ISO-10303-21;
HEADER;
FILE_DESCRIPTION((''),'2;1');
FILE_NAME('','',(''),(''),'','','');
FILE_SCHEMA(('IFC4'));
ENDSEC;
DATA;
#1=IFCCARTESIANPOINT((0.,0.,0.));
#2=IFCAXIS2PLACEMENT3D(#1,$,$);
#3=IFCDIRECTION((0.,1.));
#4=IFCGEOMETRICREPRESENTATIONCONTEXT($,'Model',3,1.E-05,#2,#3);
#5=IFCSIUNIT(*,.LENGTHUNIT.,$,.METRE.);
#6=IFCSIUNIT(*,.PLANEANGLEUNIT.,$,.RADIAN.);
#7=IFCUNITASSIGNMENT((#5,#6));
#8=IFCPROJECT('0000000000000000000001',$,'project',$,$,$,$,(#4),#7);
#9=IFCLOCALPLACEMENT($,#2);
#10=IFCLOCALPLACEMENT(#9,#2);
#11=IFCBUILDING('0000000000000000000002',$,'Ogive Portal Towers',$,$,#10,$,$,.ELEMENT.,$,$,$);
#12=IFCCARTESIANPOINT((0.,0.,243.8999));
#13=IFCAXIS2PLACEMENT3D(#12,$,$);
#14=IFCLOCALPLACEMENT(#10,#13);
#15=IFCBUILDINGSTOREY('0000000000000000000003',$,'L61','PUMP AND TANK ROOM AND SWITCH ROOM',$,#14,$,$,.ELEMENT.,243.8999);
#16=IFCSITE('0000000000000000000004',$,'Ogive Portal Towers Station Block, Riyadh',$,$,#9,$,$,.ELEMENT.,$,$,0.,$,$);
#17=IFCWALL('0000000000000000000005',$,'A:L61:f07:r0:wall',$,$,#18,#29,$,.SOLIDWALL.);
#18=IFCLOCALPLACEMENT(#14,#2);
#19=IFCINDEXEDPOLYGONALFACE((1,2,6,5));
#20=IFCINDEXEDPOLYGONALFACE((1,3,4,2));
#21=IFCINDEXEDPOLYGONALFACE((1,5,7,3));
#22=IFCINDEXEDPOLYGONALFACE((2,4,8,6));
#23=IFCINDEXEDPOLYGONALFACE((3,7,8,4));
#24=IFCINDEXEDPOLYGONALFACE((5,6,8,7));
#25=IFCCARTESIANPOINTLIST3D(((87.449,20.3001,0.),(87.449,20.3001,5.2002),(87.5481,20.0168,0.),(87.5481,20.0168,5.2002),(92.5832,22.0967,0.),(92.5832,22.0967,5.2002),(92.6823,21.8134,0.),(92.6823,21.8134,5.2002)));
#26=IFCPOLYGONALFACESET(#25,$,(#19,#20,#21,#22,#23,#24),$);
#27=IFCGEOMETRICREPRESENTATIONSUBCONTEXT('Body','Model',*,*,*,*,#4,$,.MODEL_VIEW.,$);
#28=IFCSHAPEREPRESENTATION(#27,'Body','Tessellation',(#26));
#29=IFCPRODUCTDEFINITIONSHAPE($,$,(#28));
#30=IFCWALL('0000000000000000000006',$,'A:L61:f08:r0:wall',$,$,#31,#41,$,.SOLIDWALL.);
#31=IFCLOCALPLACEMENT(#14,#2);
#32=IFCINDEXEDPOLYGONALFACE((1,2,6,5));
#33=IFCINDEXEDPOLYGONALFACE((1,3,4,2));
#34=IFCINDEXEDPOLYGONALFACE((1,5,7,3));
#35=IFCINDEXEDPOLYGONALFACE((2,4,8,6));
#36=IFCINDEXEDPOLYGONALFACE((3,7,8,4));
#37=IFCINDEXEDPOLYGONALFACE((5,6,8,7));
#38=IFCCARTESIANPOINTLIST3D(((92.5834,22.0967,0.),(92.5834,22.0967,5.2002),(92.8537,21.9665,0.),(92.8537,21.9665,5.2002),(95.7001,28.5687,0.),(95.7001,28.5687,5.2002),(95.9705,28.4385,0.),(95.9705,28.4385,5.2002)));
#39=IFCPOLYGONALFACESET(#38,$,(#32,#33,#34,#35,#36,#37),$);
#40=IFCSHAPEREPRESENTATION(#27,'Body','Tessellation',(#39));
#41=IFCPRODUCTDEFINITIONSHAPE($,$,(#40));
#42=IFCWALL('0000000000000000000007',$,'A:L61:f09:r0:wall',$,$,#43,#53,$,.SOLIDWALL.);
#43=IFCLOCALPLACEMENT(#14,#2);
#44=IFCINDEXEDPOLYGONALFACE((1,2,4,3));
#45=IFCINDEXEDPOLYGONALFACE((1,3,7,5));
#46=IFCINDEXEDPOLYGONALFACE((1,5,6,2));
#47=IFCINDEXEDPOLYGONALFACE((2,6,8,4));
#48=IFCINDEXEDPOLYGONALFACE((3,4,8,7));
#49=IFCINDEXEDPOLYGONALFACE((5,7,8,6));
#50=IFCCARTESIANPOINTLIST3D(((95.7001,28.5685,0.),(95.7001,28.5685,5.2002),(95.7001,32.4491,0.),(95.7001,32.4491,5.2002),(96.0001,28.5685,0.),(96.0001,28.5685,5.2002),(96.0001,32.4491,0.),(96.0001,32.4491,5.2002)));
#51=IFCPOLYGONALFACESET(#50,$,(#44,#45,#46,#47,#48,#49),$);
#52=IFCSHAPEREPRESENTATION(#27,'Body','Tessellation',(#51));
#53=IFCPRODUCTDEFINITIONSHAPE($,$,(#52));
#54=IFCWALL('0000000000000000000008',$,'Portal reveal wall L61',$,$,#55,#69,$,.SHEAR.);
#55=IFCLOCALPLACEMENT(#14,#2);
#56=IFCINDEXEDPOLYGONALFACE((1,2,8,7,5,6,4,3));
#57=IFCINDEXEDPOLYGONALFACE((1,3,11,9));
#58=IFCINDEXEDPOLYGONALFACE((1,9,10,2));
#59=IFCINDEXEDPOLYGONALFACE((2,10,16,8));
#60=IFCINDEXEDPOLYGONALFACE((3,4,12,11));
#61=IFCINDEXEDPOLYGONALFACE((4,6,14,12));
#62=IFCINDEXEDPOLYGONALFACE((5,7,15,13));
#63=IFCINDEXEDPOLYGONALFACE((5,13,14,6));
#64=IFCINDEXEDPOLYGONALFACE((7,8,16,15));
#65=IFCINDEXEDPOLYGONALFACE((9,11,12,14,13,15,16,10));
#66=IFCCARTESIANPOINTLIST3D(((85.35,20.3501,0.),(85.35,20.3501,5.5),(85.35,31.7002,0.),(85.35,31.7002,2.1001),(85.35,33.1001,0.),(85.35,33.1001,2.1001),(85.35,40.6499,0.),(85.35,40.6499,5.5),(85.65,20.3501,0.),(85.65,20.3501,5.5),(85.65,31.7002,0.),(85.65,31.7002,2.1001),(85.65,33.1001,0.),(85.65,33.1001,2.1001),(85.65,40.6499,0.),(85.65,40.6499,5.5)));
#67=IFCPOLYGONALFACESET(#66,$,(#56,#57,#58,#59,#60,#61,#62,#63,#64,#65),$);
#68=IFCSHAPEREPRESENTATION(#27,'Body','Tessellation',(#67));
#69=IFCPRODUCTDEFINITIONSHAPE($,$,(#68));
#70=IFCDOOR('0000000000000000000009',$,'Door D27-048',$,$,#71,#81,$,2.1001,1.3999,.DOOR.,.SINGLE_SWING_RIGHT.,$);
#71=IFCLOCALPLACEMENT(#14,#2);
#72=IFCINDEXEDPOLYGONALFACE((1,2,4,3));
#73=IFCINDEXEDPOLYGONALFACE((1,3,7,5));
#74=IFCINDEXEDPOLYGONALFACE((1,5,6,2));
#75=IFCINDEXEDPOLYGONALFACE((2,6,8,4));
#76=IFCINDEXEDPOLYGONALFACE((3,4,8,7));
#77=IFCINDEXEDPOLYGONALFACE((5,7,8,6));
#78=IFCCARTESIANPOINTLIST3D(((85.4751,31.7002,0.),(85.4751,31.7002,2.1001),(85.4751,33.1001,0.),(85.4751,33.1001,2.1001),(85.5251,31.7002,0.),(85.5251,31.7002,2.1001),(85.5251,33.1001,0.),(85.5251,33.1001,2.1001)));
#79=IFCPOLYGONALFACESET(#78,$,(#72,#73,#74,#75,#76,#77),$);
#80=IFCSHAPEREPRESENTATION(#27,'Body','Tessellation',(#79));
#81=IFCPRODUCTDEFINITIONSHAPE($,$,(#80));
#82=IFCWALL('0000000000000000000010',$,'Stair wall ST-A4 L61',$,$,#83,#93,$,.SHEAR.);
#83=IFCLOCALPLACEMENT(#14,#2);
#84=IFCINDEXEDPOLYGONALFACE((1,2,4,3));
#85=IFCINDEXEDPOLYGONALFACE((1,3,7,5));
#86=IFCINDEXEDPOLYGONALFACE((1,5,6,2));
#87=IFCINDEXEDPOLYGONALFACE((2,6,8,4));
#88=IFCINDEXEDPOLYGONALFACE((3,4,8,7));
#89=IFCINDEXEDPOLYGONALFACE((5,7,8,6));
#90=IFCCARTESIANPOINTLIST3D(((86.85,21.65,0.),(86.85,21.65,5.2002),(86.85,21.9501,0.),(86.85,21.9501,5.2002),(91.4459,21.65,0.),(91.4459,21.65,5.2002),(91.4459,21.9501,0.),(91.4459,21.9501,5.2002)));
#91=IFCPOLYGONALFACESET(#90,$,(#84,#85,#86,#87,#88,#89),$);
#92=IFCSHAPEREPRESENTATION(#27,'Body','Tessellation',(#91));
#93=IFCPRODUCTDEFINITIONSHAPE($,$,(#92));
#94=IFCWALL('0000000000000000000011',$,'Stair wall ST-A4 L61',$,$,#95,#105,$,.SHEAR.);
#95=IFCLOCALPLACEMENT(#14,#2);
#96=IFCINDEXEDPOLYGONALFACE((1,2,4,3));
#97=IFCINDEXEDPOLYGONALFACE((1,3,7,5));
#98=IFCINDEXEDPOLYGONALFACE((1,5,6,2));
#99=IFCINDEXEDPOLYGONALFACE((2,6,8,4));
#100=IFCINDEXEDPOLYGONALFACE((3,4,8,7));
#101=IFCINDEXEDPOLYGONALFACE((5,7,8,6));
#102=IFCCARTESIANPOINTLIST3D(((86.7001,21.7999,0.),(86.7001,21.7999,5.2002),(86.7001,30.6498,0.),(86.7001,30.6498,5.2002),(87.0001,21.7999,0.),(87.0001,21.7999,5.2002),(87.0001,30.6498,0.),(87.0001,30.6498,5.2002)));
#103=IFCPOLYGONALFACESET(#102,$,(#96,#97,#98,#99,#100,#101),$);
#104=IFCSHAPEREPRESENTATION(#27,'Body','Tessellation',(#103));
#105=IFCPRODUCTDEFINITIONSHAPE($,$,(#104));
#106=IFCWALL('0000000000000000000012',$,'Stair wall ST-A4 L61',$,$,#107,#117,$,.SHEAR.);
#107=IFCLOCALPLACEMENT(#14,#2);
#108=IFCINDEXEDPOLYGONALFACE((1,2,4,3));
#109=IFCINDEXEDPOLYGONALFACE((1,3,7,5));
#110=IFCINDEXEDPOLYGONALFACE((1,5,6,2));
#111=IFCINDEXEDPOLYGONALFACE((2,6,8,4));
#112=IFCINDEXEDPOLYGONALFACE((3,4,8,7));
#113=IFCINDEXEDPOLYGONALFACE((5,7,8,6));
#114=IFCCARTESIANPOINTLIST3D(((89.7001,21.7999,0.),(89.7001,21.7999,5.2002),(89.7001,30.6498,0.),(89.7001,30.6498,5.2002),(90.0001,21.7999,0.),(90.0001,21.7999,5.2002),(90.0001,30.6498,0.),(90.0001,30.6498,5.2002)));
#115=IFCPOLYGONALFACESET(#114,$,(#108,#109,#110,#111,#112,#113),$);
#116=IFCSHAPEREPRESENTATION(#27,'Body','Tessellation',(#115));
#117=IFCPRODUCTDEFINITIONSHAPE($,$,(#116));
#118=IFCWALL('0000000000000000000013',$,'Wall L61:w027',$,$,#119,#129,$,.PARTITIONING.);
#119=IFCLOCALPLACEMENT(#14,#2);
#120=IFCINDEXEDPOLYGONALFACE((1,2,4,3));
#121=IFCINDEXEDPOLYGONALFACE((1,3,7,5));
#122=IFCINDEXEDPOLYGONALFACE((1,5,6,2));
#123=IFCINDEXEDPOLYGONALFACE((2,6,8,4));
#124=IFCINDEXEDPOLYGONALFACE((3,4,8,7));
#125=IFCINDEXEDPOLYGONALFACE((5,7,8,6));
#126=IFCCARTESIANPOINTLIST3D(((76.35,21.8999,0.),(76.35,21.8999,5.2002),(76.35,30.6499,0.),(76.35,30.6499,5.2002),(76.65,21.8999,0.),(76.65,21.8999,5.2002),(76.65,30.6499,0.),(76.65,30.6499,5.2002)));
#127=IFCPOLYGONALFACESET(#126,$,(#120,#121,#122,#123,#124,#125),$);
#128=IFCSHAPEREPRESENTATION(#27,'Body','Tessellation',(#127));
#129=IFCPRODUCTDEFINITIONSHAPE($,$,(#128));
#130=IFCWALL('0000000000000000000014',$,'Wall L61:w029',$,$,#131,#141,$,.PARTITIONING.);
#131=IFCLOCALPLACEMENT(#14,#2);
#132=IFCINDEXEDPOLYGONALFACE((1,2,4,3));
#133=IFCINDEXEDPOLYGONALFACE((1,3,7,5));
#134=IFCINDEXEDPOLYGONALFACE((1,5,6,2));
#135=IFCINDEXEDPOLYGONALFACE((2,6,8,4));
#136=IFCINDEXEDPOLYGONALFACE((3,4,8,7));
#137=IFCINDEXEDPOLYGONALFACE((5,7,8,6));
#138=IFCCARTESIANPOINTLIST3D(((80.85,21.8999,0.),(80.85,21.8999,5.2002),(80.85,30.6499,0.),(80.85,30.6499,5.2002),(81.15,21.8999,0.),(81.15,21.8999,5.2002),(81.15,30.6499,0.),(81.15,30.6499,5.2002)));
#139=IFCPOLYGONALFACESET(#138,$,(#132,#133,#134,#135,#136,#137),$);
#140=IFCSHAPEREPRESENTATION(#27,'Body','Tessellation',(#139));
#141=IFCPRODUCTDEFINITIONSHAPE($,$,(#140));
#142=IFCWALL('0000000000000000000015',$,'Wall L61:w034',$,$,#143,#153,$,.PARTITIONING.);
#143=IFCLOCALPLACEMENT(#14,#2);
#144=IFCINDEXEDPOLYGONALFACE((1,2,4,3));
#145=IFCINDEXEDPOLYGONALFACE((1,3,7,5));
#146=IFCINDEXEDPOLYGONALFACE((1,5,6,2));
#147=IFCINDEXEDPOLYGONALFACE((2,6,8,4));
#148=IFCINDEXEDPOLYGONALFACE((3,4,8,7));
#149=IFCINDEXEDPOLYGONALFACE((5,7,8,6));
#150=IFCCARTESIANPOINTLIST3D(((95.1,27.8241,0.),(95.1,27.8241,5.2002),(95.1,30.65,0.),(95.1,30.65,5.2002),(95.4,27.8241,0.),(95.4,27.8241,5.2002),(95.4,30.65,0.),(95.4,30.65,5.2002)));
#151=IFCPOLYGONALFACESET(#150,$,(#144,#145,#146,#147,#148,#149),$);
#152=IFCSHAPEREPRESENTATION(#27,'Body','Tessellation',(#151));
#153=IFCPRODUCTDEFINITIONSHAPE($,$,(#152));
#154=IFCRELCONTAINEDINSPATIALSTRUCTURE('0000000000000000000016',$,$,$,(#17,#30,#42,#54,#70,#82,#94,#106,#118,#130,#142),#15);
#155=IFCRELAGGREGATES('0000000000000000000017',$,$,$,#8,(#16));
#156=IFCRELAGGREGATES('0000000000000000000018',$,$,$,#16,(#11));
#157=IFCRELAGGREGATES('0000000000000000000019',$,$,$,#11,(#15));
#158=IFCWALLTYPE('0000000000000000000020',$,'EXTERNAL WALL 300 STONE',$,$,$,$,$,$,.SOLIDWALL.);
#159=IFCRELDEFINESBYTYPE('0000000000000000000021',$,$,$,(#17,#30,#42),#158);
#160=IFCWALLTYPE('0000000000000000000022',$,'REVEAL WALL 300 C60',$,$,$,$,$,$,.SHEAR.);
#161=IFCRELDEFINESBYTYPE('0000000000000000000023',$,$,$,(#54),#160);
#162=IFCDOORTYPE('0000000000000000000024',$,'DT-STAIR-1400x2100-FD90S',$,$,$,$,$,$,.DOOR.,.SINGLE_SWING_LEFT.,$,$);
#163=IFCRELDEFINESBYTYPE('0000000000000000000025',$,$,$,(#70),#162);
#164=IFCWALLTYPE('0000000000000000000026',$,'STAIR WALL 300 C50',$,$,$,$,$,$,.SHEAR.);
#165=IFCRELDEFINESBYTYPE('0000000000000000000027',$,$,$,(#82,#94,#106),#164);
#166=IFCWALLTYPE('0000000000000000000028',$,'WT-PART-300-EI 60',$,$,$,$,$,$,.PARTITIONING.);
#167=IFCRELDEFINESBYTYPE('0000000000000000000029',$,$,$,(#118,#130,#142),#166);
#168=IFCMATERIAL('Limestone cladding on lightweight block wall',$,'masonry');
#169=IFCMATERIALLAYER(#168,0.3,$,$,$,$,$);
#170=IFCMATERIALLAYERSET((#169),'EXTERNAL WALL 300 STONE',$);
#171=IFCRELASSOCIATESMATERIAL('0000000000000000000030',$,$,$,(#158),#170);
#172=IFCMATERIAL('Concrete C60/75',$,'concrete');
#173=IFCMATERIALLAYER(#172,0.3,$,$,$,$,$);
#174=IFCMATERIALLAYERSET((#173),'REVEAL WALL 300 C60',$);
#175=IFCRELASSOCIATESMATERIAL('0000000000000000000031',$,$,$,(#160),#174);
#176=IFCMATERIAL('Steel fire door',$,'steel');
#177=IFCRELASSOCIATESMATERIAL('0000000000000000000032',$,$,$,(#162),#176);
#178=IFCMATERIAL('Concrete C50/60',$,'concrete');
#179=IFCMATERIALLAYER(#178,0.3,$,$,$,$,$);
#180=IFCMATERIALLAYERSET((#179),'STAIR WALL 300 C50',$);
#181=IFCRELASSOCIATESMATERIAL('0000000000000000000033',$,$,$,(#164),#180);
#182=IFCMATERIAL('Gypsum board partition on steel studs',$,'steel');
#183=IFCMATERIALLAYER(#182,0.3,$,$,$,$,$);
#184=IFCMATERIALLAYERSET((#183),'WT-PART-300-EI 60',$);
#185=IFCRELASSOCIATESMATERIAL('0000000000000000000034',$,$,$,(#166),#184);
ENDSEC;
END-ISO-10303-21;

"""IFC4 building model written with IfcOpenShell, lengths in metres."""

from ifc_helpers import new_model, si_unit, direction, frame, frame_2d, origin, place, context, subcontext, project, spatial, rectangle, extrude, material, layer, layer_set, type_object, element, fill, save


model = new_model("IFC4")

# Units and contexts
model_context = context("Model", 3, precision=1e-05, world=origin(), true_north=direction((0.0, 1.0)))
body_context = subcontext(model_context, "Body", "Model", "MODEL_VIEW")
ifc_project = project(units=[si_unit("LENGTHUNIT", "METRE"), si_unit("PLANEANGLEUNIT", "RADIAN")], contexts=[model_context])

# Site, building, storey
site_placement = place(None, origin())
site = spatial("IfcSite", under=ifc_project, at=site_placement, Name="Ogive Portal Towers Station Block, Riyadh", CompositionType="ELEMENT", RefElevation=0.0)
building_placement = place(site_placement, origin())
building = spatial("IfcBuilding", under=site, at=building_placement, Name="Ogive Portal Towers", CompositionType="ELEMENT")
storey_placement = place(building_placement, frame((0.0, 0.0, 243.8999)))
storey = spatial("IfcBuildingStorey", under=building, at=storey_placement, Name="L61", Description="PUMP AND TANK ROOM AND SWITCH ROOM", CompositionType="ELEMENT", Elevation=243.8999)

# Shared definitions
ifc_material_1 = material(Name="Concrete C60/75", Category="concrete")

# Walls
ifc_material_2 = material(Name="Limestone cladding on lightweight block wall", Category="masonry")
ifc_layer_1 = layer(ifc_material_2, 0.3)
ifc_layer_set_1 = layer_set([ifc_layer_1], Name="EXTERNAL WALL 300 STONE")
wall_type_1 = type_object("IfcWallType", Name="EXTERNAL WALL 300 STONE", PredefinedType="SOLIDWALL", material=ifc_layer_set_1)
wall_1_placement = place(storey_placement, frame((87.4985, 20.1584, 0.0), z_axis=(0.0, 0.0, 1.0), x_axis=(0.943879, 0.33029, 0.0)))
element("IfcWall", 1, at=wall_1_placement, inside=storey, type_object=wall_type_1, Name="A:L61:f07:r0:wall", PredefinedType="SOLIDWALL", context=body_context, shape_type="SweptSolid", body=[
    extrude(rectangle(XDim=5.4395, YDim=0.3, at=frame_2d((2.7197, 0.0))), origin(), (0.0, 0.0, 1.0), 5.2002),
])
wall_2_placement = place(storey_placement, frame((92.7185, 22.0315, 0.0), z_axis=(0.0, 0.0, 1.0), x_axis=(0.433882, 0.90097, 0.0)))
element("IfcWall", 2, at=wall_2_placement, inside=storey, type_object=wall_type_1, Name="A:L61:f08:r0:wall", PredefinedType="SOLIDWALL", context=body_context, shape_type="SweptSolid", body=[
    extrude(rectangle(XDim=7.1833, YDim=0.3, at=frame_2d((3.5918, 0.0))), origin(), (0.0, 0.0, 1.0), 5.2002),
])
wall_3_placement = place(storey_placement, frame((95.8501, 28.5684, 0.0), z_axis=(0.0, 0.0, 1.0), x_axis=(0.0, 1.0, 0.0)))
element("IfcWall", 3, at=wall_3_placement, inside=storey, type_object=wall_type_1, Name="A:L61:f09:r0:wall", PredefinedType="SOLIDWALL", context=body_context, shape_type="SweptSolid", body=[
    extrude(rectangle(XDim=3.8806, YDim=0.3, at=frame_2d((1.9404, 0.0))), origin(), (0.0, 0.0, 1.0), 5.2002),
])

# Wall, opening, door
ifc_layer_2 = layer(ifc_material_1, 0.3)
ifc_layer_set_2 = layer_set([ifc_layer_2], Name="REVEAL WALL 300 C60")
wall_type_2 = type_object("IfcWallType", Name="REVEAL WALL 300 C60", PredefinedType="SHEAR", material=ifc_layer_set_2)
wall_4_placement = place(storey_placement, frame((85.5, 20.3501, 0.0), z_axis=(0.0, 0.0, 1.0), x_axis=(0.0, 1.0, 0.0)))
wall_4 = element("IfcWall", 4, at=wall_4_placement, inside=storey, type_object=wall_type_2, Name="Portal reveal wall L61", PredefinedType="SHEAR", context=body_context, shape_type="SweptSolid", body=[
    extrude(rectangle(XDim=20.2998, YDim=0.3, at=frame_2d((10.1499, 0.0))), origin(), (0.0, 0.0, 1.0), 5.5),
])
opening_placement = place(wall_4_placement, frame((11.3501, 0.0, 0.0)))
opening = element("IfcOpeningElement", 5, at=opening_placement, cuts=wall_4, PredefinedType="OPENING", context=body_context, shape_type="SweptSolid", body=[
    extrude(rectangle(XDim=1.3999, YDim=2.1001, at=frame_2d((0.7, 1.05))), frame((0.0, 0.1602, 0.0), z_axis=(0.0, -1.0, 0.0), x_axis=(1.0, 0.0, 0.0)), (0.0, 0.0, 1.0), 0.3201),
])
ifc_material_3 = material(Name="Steel fire door", Category="steel")
door_type = type_object("IfcDoorType", Name="DT-STAIR-1400x2100-FD90S", OperationType="SINGLE_SWING_LEFT", PredefinedType="DOOR", material=ifc_material_3)
door_placement = place(opening_placement, origin())
door = element("IfcDoor", 6, at=door_placement, inside=storey, type_object=door_type, Name="Door D27-048", OperationType="SINGLE_SWING_RIGHT", OverallHeight=2.1001, OverallWidth=1.3999, PredefinedType="DOOR", context=body_context, shape_type="SweptSolid", body=[
    extrude(rectangle(XDim=1.3999, YDim=2.1001, at=frame_2d((0.7, 1.05))), frame((0.0, 0.0249, 0.0), z_axis=(0.0, -1.0, 0.0), x_axis=(1.0, 0.0, 0.0)), (0.0, 0.0, 1.0), 0.05),
])
fill(opening, door)

# Walls
ifc_material_4 = material(Name="Concrete C50/60", Category="concrete")
ifc_layer_3 = layer(ifc_material_4, 0.3)
ifc_layer_set_3 = layer_set([ifc_layer_3], Name="STAIR WALL 300 C50")
wall_type_3 = type_object("IfcWallType", Name="STAIR WALL 300 C50", PredefinedType="SHEAR", material=ifc_layer_set_3)
wall_5_placement = place(storey_placement, frame((86.8501, 21.8, 0.0), z_axis=(0.0, 0.0, 1.0), x_axis=(1.0, 0.0, 0.0)))
element("IfcWall", 7, at=wall_5_placement, inside=storey, type_object=wall_type_3, Name="Stair wall ST-A4 L61", PredefinedType="SHEAR", context=body_context, shape_type="SweptSolid", body=[
    extrude(rectangle(XDim=4.5959, YDim=0.3, at=frame_2d((2.2979, 0.0))), origin(), (0.0, 0.0, 1.0), 5.2002),
])
for number, where, z_axis, x_axis, name in (
    (8, (86.8501, 21.8, 0.0), (0.0, 0.0, 1.0), (0.0, 1.0, 0.0), "Stair wall ST-A4 L61"),
    (9, (89.8501, 21.8, 0.0), (0.0, 0.0, 1.0), (0.0, 1.0, 0.0), "Stair wall ST-A4 L61"),
):
    element("IfcWall", number, at=place(storey_placement, frame(where, z_axis=z_axis, x_axis=x_axis)), inside=storey, type_object=wall_type_3, Name=name, PredefinedType="SHEAR", context=body_context, shape_type="SweptSolid", body=[
        extrude(rectangle(XDim=8.8499, YDim=0.3, at=frame_2d((4.4248, 0.0))), origin(), (0.0, 0.0, 1.0), 5.2002),
    ])
ifc_material_5 = material(Name="Gypsum board partition on steel studs", Category="steel")
ifc_layer_4 = layer(ifc_material_5, 0.3)
ifc_layer_set_4 = layer_set([ifc_layer_4], Name="WT-PART-300-EI 60")
wall_type_4 = type_object("IfcWallType", Name="WT-PART-300-EI 60", PredefinedType="PARTITIONING", material=ifc_layer_set_4)
for number, where, z_axis, x_axis, name in (
    (10, (76.5, 21.8999, 0.0), (0.0, 0.0, 1.0), (0.0, 1.0, 0.0), "Wall L61:w027"),
    (11, (81.0, 21.8999, 0.0), (0.0, 0.0, 1.0), (0.0, 1.0, 0.0), "Wall L61:w029"),
):
    element("IfcWall", number, at=place(storey_placement, frame(where, z_axis=z_axis, x_axis=x_axis)), inside=storey, type_object=wall_type_4, Name=name, PredefinedType="PARTITIONING", context=body_context, shape_type="SweptSolid", body=[
        extrude(rectangle(XDim=8.75, YDim=0.3, at=frame_2d((4.375, 0.0))), origin(), (0.0, 0.0, 1.0), 5.2002),
    ])
wall_6_placement = place(storey_placement, frame((95.25, 27.824, 0.0), z_axis=(0.0, 0.0, 1.0), x_axis=(0.0, 1.0, 0.0)))
element("IfcWall", 12, at=wall_6_placement, inside=storey, type_object=wall_type_4, Name="Wall L61:w034", PredefinedType="PARTITIONING", context=body_context, shape_type="SweptSolid", body=[
    extrude(rectangle(XDim=2.8259, YDim=0.3, at=frame_2d((1.4131, 0.0))), origin(), (0.0, 0.0, 1.0), 5.2002),
])

save(model, "model.ifc")
